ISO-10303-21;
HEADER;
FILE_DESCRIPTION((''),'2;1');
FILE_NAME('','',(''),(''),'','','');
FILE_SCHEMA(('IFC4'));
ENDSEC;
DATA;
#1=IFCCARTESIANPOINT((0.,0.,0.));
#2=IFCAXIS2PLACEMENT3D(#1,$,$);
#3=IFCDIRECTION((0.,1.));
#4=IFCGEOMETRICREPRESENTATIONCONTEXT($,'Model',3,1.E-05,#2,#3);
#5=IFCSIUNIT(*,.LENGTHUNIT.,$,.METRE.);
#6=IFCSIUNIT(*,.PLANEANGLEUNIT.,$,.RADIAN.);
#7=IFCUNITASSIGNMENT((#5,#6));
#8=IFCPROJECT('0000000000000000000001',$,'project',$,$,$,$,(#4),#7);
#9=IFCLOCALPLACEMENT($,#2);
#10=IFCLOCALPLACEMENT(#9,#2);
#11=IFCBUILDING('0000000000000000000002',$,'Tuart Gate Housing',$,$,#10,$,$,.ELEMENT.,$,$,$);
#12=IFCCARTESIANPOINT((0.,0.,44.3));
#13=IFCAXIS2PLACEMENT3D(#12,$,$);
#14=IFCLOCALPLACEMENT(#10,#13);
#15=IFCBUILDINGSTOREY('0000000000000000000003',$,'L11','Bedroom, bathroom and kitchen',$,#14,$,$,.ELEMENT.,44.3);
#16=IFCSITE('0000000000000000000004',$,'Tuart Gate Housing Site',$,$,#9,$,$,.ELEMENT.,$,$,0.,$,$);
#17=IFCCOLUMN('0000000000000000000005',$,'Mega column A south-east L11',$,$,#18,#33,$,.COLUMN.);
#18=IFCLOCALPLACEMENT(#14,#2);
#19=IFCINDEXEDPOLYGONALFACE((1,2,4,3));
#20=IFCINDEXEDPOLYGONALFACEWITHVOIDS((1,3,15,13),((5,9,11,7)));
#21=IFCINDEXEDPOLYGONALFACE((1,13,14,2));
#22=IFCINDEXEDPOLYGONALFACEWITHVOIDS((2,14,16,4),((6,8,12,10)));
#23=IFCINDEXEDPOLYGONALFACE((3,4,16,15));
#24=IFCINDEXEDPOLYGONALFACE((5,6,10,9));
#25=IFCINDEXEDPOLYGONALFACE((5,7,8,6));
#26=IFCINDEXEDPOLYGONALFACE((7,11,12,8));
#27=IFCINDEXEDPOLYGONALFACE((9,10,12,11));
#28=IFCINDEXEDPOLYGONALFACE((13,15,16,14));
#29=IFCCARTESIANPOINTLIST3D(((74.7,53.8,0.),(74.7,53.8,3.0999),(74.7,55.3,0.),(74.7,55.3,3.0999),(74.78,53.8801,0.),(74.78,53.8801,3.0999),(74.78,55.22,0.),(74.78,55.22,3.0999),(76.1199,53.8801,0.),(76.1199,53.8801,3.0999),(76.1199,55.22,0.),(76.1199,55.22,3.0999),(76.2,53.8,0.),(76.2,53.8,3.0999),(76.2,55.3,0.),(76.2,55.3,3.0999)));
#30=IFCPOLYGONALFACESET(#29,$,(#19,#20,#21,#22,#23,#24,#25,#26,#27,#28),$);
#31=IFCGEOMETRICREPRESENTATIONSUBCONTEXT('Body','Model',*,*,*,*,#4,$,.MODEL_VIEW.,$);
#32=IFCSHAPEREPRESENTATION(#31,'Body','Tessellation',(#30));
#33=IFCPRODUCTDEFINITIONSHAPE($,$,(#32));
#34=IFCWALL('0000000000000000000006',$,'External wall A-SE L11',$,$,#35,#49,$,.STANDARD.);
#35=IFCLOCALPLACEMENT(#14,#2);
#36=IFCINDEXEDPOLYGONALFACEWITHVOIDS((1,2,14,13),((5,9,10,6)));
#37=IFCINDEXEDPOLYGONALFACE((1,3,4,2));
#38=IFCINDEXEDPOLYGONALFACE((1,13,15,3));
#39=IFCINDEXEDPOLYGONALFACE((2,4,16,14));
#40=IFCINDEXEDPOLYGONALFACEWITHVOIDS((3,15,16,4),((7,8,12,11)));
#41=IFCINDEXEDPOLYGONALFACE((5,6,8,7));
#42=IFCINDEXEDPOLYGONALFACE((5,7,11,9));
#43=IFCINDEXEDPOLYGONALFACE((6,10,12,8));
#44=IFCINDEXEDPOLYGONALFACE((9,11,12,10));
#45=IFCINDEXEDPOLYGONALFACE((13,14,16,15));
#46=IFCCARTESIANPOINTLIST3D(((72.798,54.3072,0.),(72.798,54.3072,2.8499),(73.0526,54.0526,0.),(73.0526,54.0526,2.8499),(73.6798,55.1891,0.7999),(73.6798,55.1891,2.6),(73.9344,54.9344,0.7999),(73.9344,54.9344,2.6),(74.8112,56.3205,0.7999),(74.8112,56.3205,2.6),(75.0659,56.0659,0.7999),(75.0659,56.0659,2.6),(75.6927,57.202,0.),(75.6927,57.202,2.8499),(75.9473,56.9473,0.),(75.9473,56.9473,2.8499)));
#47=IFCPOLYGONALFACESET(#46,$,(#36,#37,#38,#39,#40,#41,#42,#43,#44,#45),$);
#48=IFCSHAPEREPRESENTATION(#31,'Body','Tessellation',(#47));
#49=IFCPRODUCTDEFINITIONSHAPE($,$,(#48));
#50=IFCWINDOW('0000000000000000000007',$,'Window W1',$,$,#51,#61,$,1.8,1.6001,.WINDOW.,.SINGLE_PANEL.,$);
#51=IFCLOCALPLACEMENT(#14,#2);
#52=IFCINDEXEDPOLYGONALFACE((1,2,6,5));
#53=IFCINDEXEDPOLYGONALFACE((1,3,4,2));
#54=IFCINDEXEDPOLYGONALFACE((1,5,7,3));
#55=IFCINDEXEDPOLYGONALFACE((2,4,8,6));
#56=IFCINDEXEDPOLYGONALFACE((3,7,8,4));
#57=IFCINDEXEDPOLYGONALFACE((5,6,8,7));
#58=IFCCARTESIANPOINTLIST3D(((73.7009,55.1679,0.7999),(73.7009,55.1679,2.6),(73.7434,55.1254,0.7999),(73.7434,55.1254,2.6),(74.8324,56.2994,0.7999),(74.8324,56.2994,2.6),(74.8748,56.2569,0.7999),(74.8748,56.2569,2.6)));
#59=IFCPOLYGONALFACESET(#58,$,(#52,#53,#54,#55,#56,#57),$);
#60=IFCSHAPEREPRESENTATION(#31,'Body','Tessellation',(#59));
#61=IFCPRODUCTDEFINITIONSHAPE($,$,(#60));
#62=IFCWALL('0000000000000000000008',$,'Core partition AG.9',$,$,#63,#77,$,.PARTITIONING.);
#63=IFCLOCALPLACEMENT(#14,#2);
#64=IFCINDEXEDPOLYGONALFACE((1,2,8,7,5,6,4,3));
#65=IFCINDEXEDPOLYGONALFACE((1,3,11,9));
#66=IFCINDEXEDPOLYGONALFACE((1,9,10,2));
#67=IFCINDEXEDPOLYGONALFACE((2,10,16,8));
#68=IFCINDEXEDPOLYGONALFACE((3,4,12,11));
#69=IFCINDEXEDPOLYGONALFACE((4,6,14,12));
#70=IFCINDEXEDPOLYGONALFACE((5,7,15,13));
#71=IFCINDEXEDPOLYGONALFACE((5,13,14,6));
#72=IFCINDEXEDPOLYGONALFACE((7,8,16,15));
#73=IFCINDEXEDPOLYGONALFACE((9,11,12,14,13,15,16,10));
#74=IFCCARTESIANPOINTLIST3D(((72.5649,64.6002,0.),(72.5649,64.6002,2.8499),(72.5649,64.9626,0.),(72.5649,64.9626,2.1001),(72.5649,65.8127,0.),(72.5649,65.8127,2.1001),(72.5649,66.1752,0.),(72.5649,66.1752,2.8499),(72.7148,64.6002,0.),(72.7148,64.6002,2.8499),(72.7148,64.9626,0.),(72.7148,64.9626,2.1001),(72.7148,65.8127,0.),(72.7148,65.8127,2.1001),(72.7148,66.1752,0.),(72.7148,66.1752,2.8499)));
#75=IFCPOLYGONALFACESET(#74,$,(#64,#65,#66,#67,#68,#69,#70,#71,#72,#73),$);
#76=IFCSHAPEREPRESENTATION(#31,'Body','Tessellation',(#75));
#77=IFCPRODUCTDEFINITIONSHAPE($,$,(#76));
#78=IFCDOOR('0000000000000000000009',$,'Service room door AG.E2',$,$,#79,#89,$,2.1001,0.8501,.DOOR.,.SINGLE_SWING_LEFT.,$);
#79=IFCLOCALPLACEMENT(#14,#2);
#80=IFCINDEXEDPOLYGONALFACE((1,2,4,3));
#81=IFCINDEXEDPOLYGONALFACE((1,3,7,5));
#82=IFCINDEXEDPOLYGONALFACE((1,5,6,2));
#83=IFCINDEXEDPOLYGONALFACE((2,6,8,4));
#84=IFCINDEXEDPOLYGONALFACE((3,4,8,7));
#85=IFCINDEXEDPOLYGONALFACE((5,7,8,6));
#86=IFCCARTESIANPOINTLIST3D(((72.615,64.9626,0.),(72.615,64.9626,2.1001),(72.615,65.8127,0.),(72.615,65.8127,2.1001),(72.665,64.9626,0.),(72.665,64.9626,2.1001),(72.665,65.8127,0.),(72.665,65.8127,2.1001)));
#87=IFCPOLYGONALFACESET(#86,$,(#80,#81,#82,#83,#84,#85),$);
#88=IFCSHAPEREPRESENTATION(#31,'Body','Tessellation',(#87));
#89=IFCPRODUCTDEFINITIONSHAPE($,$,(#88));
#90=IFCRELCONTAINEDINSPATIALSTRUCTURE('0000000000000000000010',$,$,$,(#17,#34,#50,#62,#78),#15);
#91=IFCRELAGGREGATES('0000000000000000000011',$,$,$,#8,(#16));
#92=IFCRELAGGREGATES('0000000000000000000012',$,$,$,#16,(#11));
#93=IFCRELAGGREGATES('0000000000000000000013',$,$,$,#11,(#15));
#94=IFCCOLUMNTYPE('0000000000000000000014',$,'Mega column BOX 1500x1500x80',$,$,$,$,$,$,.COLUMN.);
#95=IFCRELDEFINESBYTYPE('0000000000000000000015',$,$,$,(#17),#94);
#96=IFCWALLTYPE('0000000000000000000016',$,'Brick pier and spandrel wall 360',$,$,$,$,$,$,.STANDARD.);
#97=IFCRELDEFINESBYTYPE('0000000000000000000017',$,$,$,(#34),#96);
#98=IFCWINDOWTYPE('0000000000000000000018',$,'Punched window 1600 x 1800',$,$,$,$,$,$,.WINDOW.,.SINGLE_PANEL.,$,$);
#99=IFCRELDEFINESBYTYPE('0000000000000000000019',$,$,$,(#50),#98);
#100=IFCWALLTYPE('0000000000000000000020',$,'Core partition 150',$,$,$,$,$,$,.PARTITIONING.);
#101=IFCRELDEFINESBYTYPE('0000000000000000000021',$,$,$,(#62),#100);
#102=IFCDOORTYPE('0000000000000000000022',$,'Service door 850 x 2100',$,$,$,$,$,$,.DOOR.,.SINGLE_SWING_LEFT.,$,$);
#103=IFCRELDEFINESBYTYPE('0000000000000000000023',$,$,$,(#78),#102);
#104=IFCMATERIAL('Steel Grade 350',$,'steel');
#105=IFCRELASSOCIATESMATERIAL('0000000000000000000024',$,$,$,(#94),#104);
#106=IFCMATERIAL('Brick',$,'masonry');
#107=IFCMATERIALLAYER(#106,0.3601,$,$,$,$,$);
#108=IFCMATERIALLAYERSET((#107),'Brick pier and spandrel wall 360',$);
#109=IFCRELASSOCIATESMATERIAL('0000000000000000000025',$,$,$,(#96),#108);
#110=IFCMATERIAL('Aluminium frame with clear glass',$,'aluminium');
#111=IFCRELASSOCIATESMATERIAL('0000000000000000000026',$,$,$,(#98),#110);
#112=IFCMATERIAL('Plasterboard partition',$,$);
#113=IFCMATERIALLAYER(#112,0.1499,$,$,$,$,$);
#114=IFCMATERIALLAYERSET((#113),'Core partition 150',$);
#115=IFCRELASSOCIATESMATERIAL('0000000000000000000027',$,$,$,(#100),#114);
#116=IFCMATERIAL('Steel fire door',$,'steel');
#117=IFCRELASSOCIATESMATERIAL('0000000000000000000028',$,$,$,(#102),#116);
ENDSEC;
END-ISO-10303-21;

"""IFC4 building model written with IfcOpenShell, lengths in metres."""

from ifc_helpers import new_model, si_unit, direction, frame, frame_2d, origin, origin_2d, place, context, subcontext, project, spatial, rectangle, hollow_rectangle, extrude, material, layer, layer_set, material_profile, profile_set, type_object, element, fill, save


model = new_model("IFC4")

# Units and contexts
model_context = context("Model", 3, precision=1e-05, world=origin(), true_north=direction((0.0, 1.0)))
body_context = subcontext(model_context, "Body", "Model", "MODEL_VIEW")
ifc_project = project(units=[si_unit("LENGTHUNIT", "METRE"), si_unit("PLANEANGLEUNIT", "RADIAN")], contexts=[model_context])

# Site, building, storey
site_placement = place(None, origin())
site = spatial("IfcSite", under=ifc_project, at=site_placement, Name="Tuart Gate Housing Site", CompositionType="ELEMENT", RefElevation=0.0)
building_placement = place(site_placement, origin())
building = spatial("IfcBuilding", under=site, at=building_placement, Name="Tuart Gate Housing", CompositionType="ELEMENT")
storey_placement = place(building_placement, frame((0.0, 0.0, 44.3)))
storey = spatial("IfcBuildingStorey", under=building, at=storey_placement, Name="L11", Description="Bedroom, bathroom and kitchen", CompositionType="ELEMENT", Elevation=44.3)

# Column
ifc_material_1 = material(Name="Steel Grade 350", Category="steel")
ifc_material_profile = material_profile(ifc_material_1, hollow_rectangle(XDim=1.5, YDim=1.5, WallThickness=0.0801, at=origin_2d()), Name="BOX 1500x1500x80")
ifc_profile_set = profile_set([ifc_material_profile], Name="Steel Grade 350")
column_type = type_object("IfcColumnType", Name="Mega column BOX 1500x1500x80", PredefinedType="COLUMN", material=ifc_profile_set)
column_placement = place(storey_placement, frame((75.45, 54.55, 0.0), z_axis=(0.0, 0.0, 1.0), x_axis=(1.0, 0.0, 0.0)))
element("IfcColumn", 1, at=column_placement, inside=storey, type_object=column_type, Name="Mega column A south-east L11", PredefinedType="COLUMN", context=body_context, shape_type="SweptSolid", body=[
    extrude(hollow_rectangle(XDim=1.5, YDim=1.5, WallThickness=0.0801, at=origin_2d()), origin(), (0.0, 0.0, 1.0), 3.0999),
])

# Wall, opening, window
ifc_material_2 = material(Name="Brick", Category="masonry")
ifc_layer_1 = layer(ifc_material_2, 0.3601)
ifc_layer_set_1 = layer_set([ifc_layer_1], Name="Brick pier and spandrel wall 360")
wall_type_1 = type_object("IfcWallType", Name="Brick pier and spandrel wall 360", PredefinedType="STANDARD", material=ifc_layer_set_1)
wall_1_placement = place(storey_placement, frame((72.9253, 54.1799, 0.0), z_axis=(0.0, 0.0, 1.0), x_axis=(0.707107, 0.707107, 0.0)))
wall_1 = element("IfcWall", 2, at=wall_1_placement, inside=storey, type_object=wall_type_1, Name="External wall A-SE L11", PredefinedType="STANDARD", context=body_context, shape_type="SweptSolid", body=[
    extrude(rectangle(XDim=4.0938, YDim=0.3601, at=frame_2d((2.0469, 0.0))), origin(), (0.0, 0.0, 1.0), 2.8499),
])
opening_1_placement = place(wall_1_placement, frame((1.2471, 0.0, 0.8)))
opening_1 = element("IfcOpeningElement", 3, at=opening_1_placement, cuts=wall_1, PredefinedType="OPENING", context=body_context, shape_type="SweptSolid", body=[
    extrude(rectangle(XDim=1.6001, YDim=1.8, at=frame_2d((0.8, 0.8999))), frame((0.0, 0.1899, 0.0), z_axis=(0.0, -1.0, 0.0), x_axis=(1.0, 0.0, 0.0)), (0.0, 0.0, 1.0), 0.3801),
])
ifc_material_3 = material(Name="Aluminium frame with clear glass", Category="aluminium")
window_type = type_object("IfcWindowType", Name="Punched window 1600 x 1800", PartitioningType="SINGLE_PANEL", PredefinedType="WINDOW", material=ifc_material_3)
window_placement = place(opening_1_placement, origin())
window = element("IfcWindow", 4, at=window_placement, inside=storey, type_object=window_type, Name="Window W1", OverallHeight=1.8, OverallWidth=1.6001, PartitioningType="SINGLE_PANEL", PredefinedType="WINDOW", context=body_context, shape_type="SweptSolid", body=[
    extrude(rectangle(XDim=1.6001, YDim=1.8, at=frame_2d((0.8, 0.8999))), frame((0.0, 0.1501, 0.0), z_axis=(0.0, -1.0, 0.0), x_axis=(1.0, 0.0, 0.0)), (0.0, 0.0, 1.0), 0.0601),
])
fill(opening_1, window)

# Wall, opening, door
ifc_material_4 = material(Name="Plasterboard partition")
ifc_layer_2 = layer(ifc_material_4, 0.1499)
ifc_layer_set_2 = layer_set([ifc_layer_2], Name="Core partition 150")
wall_type_2 = type_object("IfcWallType", Name="Core partition 150", PredefinedType="PARTITIONING", material=ifc_layer_set_2)
wall_2_placement = place(storey_placement, frame((72.6399, 64.6001, 0.0), z_axis=(0.0, 0.0, 1.0), x_axis=(0.0, 1.0, 0.0)))
wall_2 = element("IfcWall", 5, at=wall_2_placement, inside=storey, type_object=wall_type_2, Name="Core partition AG.9", PredefinedType="PARTITIONING", context=body_context, shape_type="SweptSolid", body=[
    extrude(rectangle(XDim=1.575, YDim=0.1499, at=frame_2d((0.7876, 0.0))), origin(), (0.0, 0.0, 1.0), 2.8499),
])
opening_2_placement = place(wall_2_placement, frame((0.3625, 0.0, 0.0)))
opening_2 = element("IfcOpeningElement", 6, at=opening_2_placement, cuts=wall_2, PredefinedType="OPENING", context=body_context, shape_type="SweptSolid", body=[
    extrude(rectangle(XDim=0.8501, YDim=2.1001, at=frame_2d((0.425, 1.05))), frame((0.0, 0.085, 0.0), z_axis=(0.0, -1.0, 0.0), x_axis=(1.0, 0.0, 0.0)), (0.0, 0.0, 1.0), 0.1699),
])
ifc_material_5 = material(Name="Steel fire door", Category="steel")
door_type = type_object("IfcDoorType", Name="Service door 850 x 2100", OperationType="SINGLE_SWING_LEFT", PredefinedType="DOOR", material=ifc_material_5)
door_placement = place(opening_2_placement, origin())
door = element("IfcDoor", 7, at=door_placement, inside=storey, type_object=door_type, Name="Service room door AG.E2", OperationType="SINGLE_SWING_LEFT", OverallHeight=2.1001, OverallWidth=0.8501, PredefinedType="DOOR", context=body_context, shape_type="SweptSolid", body=[
    extrude(rectangle(XDim=0.8501, YDim=2.1001, at=frame_2d((0.425, 1.05))), frame((0.0, 0.0249, 0.0), z_axis=(0.0, -1.0, 0.0), x_axis=(1.0, 0.0, 0.0)), (0.0, 0.0, 1.0), 0.05),
])
fill(opening_2, door)

save(model, "model.ifc")
